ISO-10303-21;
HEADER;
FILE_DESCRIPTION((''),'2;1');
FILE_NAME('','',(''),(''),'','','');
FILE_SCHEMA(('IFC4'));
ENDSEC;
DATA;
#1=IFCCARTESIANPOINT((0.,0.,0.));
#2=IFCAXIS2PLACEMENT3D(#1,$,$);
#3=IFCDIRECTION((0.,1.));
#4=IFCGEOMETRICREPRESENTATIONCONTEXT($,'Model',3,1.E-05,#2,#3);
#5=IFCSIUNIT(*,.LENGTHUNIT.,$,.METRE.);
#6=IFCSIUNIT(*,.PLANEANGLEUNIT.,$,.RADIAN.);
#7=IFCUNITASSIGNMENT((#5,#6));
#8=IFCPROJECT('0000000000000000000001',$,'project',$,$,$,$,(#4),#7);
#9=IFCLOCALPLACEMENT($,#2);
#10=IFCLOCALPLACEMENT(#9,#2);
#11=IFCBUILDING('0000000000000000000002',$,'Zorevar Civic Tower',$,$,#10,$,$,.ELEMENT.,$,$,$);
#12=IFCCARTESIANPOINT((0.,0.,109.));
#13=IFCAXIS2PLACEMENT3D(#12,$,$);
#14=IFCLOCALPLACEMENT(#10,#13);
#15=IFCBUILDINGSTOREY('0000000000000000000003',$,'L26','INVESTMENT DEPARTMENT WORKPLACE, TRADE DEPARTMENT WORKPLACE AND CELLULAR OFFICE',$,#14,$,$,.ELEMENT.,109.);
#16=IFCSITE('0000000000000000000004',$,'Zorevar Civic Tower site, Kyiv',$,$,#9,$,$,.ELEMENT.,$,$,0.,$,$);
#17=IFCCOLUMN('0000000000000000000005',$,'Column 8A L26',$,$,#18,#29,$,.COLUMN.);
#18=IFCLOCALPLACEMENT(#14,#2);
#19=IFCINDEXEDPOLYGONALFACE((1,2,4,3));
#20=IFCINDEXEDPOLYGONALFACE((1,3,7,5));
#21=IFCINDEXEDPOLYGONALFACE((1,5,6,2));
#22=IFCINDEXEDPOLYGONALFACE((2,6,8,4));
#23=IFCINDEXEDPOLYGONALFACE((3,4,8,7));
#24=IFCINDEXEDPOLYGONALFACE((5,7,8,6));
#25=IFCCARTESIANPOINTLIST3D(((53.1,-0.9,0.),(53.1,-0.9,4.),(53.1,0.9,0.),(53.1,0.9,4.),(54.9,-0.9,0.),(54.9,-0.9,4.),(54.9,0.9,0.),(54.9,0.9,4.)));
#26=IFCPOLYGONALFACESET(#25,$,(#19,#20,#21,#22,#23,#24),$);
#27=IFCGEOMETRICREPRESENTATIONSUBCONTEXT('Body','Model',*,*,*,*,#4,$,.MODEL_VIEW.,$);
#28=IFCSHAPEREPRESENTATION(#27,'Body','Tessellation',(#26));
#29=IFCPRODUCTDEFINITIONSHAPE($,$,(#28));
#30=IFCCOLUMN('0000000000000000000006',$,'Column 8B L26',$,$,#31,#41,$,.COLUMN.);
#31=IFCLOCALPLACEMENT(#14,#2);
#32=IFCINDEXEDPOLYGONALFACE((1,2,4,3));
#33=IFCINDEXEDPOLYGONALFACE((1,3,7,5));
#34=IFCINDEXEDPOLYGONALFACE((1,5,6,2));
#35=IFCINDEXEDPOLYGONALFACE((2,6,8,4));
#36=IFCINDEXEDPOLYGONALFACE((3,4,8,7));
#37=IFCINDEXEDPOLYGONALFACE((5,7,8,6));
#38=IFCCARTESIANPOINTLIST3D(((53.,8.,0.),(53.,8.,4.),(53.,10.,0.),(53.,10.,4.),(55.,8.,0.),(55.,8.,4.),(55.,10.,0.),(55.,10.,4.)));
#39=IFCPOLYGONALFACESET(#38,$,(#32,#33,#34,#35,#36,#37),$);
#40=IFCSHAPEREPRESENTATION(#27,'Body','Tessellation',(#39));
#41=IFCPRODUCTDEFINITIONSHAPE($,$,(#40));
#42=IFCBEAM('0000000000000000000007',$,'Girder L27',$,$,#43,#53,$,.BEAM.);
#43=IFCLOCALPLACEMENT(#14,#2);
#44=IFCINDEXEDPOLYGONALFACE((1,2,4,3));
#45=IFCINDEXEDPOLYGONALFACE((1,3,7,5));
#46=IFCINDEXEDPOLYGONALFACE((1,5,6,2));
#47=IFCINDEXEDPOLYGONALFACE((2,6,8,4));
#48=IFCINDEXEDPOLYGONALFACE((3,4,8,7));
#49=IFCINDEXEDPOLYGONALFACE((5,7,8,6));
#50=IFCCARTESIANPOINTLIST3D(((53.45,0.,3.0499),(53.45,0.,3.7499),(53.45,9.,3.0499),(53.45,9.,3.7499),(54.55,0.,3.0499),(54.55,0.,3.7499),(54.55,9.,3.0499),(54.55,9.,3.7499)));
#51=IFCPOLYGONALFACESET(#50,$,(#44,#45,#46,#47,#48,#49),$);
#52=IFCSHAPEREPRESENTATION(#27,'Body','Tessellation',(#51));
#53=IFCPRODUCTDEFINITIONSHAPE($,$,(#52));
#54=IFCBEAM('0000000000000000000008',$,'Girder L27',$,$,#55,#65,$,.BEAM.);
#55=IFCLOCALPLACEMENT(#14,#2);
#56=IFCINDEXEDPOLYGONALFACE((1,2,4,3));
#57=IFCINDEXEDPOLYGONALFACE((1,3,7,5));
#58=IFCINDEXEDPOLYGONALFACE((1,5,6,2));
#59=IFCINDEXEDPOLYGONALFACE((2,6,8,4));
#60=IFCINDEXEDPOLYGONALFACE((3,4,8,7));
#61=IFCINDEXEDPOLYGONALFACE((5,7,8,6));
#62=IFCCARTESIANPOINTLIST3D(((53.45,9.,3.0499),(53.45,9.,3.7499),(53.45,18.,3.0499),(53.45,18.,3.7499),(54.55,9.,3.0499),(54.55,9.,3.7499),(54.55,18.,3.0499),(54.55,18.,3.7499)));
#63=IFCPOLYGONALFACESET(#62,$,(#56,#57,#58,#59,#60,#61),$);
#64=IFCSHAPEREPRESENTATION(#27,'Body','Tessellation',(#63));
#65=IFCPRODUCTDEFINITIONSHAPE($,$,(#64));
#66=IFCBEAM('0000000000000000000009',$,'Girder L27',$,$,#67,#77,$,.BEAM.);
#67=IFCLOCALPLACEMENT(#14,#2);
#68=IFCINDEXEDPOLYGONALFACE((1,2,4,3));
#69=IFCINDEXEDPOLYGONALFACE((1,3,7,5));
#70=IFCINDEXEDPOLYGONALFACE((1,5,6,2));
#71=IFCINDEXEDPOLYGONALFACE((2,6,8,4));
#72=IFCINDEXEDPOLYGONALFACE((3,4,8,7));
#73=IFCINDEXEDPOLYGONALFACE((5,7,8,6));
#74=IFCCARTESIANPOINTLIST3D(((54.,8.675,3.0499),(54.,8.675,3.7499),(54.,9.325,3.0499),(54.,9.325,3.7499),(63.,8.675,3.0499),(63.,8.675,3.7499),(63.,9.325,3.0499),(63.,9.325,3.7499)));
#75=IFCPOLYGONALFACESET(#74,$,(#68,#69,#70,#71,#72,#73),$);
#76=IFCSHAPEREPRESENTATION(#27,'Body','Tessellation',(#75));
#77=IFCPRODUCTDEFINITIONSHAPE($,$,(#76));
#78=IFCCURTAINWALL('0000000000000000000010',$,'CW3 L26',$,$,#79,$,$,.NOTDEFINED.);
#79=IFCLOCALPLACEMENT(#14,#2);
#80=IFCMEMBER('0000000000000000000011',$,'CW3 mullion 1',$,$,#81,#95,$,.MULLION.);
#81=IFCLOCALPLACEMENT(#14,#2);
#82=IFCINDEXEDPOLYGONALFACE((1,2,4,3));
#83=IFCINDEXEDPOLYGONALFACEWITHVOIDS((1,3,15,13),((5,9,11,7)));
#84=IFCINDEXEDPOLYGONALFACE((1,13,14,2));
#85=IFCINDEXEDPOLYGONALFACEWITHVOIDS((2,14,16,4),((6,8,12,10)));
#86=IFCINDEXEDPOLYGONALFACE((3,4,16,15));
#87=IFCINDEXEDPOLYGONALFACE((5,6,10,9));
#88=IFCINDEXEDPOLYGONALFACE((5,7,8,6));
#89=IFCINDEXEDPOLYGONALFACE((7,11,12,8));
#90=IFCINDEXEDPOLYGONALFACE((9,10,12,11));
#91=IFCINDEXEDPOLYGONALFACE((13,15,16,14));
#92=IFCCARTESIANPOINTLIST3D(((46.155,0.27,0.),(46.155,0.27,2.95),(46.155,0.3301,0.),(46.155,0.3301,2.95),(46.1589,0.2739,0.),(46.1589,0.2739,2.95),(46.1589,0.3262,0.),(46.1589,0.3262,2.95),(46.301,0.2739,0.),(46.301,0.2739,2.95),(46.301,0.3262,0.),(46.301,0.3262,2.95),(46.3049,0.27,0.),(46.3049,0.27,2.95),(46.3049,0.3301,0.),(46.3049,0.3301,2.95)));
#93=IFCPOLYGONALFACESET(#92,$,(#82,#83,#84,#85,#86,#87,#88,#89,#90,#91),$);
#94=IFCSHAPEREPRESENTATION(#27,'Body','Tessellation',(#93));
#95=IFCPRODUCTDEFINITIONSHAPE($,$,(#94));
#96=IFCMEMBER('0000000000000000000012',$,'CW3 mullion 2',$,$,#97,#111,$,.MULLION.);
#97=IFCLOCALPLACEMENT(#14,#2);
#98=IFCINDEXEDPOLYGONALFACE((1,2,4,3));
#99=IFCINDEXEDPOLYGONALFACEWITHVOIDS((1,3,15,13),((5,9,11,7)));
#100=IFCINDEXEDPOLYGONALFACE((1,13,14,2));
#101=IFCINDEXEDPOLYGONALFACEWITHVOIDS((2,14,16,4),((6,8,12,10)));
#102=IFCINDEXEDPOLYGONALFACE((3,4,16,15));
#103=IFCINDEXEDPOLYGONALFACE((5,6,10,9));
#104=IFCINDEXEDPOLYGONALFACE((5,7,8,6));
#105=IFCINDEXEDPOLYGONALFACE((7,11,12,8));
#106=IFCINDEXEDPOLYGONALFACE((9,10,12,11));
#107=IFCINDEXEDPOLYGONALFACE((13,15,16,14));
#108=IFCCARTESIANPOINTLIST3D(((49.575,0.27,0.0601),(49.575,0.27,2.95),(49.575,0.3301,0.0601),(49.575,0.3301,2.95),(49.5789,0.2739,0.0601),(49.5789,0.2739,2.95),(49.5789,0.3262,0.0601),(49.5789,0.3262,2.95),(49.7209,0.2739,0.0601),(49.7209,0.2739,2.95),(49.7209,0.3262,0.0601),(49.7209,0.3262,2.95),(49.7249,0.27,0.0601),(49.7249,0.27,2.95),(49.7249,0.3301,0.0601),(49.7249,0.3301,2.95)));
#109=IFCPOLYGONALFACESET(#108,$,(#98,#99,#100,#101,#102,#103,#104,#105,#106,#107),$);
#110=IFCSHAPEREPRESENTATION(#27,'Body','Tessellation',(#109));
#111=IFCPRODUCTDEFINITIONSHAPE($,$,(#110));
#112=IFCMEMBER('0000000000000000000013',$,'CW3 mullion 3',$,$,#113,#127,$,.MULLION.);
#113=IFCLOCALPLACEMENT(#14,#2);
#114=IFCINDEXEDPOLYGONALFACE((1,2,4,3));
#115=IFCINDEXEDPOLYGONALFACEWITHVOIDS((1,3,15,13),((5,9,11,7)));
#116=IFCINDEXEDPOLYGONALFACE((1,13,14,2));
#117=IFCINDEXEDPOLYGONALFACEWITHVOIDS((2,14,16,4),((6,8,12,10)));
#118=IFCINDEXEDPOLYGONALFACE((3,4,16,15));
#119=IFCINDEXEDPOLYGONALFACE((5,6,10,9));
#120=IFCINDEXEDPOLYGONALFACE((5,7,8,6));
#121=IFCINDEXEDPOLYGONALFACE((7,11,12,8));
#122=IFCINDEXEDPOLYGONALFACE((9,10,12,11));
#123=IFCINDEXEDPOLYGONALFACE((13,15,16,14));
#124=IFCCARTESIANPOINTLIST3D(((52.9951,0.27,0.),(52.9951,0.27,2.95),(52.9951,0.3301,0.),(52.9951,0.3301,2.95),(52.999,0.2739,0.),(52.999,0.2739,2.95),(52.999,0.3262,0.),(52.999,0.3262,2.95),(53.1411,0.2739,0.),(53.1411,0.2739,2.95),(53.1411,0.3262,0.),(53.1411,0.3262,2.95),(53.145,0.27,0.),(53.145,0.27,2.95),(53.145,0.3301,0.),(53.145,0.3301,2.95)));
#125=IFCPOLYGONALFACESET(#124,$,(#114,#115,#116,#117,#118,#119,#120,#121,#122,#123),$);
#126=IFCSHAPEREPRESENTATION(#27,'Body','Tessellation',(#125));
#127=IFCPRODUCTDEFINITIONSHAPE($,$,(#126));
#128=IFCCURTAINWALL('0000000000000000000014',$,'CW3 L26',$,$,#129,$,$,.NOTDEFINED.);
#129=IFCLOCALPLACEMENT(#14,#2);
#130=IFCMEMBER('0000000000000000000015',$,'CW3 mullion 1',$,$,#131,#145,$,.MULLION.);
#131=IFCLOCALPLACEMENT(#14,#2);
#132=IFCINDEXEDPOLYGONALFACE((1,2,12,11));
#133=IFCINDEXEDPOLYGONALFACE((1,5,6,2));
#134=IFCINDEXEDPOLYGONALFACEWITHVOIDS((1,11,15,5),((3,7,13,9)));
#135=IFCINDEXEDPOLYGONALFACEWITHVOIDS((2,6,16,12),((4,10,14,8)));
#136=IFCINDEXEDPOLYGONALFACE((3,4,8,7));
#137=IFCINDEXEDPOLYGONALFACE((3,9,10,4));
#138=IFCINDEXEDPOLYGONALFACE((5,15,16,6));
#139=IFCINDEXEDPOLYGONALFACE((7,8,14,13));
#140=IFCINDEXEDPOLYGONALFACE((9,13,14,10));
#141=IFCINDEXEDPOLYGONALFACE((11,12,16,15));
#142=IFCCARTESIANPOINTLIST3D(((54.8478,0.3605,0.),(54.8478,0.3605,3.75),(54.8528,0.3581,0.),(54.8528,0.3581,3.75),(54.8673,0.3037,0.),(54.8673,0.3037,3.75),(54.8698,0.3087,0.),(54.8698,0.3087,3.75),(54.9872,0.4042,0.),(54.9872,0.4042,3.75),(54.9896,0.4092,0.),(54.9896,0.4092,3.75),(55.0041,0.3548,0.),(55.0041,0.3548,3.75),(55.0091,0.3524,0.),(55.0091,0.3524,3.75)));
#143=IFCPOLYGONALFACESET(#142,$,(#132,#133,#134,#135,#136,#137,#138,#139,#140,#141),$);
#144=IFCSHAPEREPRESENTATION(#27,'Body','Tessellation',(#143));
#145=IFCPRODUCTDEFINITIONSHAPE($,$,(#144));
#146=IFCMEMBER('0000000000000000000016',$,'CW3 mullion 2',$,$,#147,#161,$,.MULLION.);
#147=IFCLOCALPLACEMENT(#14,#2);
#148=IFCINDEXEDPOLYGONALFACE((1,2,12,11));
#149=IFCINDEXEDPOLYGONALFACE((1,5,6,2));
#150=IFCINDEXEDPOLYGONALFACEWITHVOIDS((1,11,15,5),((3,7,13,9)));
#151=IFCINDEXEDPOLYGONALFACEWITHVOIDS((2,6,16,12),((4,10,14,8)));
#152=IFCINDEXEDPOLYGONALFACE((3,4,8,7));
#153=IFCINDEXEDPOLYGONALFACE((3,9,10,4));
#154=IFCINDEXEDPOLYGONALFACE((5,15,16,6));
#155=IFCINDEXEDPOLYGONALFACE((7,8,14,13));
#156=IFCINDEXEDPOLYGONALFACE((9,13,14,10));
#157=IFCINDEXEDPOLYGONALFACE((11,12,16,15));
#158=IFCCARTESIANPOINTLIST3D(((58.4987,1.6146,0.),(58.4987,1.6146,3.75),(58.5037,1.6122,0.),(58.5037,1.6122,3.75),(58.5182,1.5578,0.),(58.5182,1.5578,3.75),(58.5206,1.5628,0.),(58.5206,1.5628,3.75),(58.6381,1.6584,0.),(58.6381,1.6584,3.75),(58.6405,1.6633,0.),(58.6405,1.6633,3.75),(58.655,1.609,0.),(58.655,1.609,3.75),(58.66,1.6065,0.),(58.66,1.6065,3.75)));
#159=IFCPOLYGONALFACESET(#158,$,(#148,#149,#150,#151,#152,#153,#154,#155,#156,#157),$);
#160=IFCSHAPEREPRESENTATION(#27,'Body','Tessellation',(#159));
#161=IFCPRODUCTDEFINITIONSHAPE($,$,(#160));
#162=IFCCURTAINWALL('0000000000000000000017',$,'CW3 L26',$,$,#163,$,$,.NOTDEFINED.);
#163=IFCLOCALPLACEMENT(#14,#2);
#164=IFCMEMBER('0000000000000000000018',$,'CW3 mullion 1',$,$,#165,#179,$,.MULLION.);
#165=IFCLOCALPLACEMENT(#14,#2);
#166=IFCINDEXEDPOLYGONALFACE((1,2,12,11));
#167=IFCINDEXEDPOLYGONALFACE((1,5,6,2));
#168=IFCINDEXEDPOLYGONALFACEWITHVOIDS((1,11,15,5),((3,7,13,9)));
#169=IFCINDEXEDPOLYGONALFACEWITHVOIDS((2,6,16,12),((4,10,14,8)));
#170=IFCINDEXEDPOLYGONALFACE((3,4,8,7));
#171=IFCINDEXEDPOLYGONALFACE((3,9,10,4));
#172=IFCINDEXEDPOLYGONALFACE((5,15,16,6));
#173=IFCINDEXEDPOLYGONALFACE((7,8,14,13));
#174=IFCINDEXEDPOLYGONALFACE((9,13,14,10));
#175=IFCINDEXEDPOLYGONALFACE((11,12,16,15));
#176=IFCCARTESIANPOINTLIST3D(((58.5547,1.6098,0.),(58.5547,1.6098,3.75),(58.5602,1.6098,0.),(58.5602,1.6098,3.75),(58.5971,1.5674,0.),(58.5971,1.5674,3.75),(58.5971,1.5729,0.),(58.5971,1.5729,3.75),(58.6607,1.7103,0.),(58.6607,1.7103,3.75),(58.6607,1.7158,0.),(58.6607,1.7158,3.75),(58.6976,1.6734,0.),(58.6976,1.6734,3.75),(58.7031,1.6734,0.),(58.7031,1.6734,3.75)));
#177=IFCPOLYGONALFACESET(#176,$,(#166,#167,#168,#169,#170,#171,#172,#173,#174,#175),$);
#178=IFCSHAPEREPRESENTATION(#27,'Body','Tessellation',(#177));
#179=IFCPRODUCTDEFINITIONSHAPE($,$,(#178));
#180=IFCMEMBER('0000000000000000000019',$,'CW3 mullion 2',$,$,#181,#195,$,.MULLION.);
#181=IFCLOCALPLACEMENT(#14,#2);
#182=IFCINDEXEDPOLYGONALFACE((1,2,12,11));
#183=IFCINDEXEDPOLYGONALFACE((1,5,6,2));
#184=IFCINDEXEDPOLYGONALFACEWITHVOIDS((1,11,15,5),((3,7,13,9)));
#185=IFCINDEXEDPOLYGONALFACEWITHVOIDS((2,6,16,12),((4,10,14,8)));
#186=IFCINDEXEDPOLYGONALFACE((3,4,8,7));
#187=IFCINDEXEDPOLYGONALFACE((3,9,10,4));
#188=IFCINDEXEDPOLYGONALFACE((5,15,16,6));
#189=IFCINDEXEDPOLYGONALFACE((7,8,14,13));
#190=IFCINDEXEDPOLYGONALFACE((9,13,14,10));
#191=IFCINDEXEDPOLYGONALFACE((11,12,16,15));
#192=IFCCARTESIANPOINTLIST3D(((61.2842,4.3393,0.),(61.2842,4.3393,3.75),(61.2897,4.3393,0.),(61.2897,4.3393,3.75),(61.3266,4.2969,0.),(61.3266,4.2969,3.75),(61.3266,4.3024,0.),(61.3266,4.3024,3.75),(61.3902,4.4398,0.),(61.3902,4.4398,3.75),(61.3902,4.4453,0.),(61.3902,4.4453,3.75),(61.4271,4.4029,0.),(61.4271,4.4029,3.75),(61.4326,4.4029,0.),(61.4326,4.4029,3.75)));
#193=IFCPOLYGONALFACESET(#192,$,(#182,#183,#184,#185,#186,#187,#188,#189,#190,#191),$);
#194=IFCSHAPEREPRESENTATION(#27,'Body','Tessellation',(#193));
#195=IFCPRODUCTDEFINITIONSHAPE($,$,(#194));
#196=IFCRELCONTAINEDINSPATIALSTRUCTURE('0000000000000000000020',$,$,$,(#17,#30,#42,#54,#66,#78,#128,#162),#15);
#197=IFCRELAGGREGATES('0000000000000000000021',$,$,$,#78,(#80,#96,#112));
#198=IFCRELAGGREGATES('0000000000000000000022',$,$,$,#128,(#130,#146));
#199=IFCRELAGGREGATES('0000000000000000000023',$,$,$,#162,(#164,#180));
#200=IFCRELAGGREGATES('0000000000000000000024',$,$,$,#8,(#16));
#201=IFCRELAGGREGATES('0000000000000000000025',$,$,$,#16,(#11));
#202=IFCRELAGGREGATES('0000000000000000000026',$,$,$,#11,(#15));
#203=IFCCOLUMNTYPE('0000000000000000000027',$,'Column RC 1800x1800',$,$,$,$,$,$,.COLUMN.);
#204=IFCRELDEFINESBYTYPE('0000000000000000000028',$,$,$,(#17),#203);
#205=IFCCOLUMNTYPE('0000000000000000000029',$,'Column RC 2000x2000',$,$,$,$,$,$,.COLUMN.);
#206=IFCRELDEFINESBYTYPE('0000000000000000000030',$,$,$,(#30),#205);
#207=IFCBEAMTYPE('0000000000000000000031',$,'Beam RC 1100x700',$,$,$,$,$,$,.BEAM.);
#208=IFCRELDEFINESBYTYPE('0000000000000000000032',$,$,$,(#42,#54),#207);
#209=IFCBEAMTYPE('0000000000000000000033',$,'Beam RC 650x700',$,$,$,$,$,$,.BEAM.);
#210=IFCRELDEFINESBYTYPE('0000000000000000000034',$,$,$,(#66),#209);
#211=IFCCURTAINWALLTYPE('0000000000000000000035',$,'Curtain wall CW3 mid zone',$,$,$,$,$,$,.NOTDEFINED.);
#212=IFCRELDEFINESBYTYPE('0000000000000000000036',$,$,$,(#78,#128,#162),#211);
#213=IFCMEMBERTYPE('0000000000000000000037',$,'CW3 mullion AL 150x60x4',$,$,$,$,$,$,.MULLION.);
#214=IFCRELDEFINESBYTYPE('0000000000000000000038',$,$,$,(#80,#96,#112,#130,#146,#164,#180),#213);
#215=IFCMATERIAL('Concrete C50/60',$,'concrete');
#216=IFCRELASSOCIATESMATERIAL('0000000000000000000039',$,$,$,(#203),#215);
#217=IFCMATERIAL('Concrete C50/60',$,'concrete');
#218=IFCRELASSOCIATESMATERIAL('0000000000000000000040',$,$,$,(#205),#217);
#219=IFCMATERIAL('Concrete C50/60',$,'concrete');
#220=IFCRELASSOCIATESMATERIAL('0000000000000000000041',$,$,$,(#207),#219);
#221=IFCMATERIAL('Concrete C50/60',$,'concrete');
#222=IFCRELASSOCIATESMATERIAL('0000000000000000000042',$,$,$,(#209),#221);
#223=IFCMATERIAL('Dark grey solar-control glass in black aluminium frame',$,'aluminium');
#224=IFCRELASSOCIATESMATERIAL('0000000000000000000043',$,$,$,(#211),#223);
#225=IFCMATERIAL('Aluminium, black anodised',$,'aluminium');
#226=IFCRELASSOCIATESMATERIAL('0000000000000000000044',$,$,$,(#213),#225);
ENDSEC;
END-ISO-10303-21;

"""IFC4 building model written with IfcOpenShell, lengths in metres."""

from ifc_helpers import new_model, si_unit, direction, frame, origin, origin_2d, place, context, subcontext, project, spatial, rectangle, hollow_rectangle, extrude, material, material_profile, profile_set, type_object, element, aggregate, save


model = new_model("IFC4")

# Units and contexts
model_context = context("Model", 3, precision=1e-05, world=origin(), true_north=direction((0.0, 1.0)))
body_context = subcontext(model_context, "Body", "Model", "MODEL_VIEW")
ifc_project = project(units=[si_unit("LENGTHUNIT", "METRE"), si_unit("PLANEANGLEUNIT", "RADIAN")], contexts=[model_context])

# Site, building, storey
site_placement = place(None, origin())
site = spatial("IfcSite", under=ifc_project, at=site_placement, Name="Zorevar Civic Tower site, Kyiv", CompositionType="ELEMENT", RefElevation=0.0)
building_placement = place(site_placement, origin())
building = spatial("IfcBuilding", under=site, at=building_placement, Name="Zorevar Civic Tower", CompositionType="ELEMENT")
storey_placement = place(building_placement, frame((0.0, 0.0, 109.0)))
storey = spatial("IfcBuildingStorey", under=building, at=storey_placement, Name="L26", Description="INVESTMENT DEPARTMENT WORKPLACE, TRADE DEPARTMENT WORKPLACE AND CELLULAR OFFICE", CompositionType="ELEMENT", Elevation=109.0)

# Columns
ifc_material_1 = material(Name="Concrete C50/60", Category="concrete")
ifc_material_profile_1 = material_profile(ifc_material_1, rectangle(XDim=1.8, YDim=1.8, at=origin_2d()), Name="RC 1800x1800")
ifc_profile_set_1 = profile_set([ifc_material_profile_1], Name="Concrete C50/60")
column_type_1 = type_object("IfcColumnType", Name="Column RC 1800x1800", PredefinedType="COLUMN", material=ifc_profile_set_1)
column_1_placement = place(storey_placement, frame((54.0, 0.0, 0.0), z_axis=(0.0, 0.0, 1.0), x_axis=(1.0, 0.0, 0.0)))
element("IfcColumn", 1, at=column_1_placement, inside=storey, type_object=column_type_1, Name="Column 8A L26", PredefinedType="COLUMN", context=body_context, shape_type="SweptSolid", body=[
    extrude(rectangle(XDim=1.8, YDim=1.8, at=origin_2d()), origin(), (0.0, 0.0, 1.0), 4.0),
])
ifc_material_2 = material(Name="Concrete C50/60", Category="concrete")
ifc_material_profile_2 = material_profile(ifc_material_2, rectangle(XDim=2.0, YDim=2.0, at=origin_2d()), Name="RC 2000x2000")
ifc_profile_set_2 = profile_set([ifc_material_profile_2], Name="Concrete C50/60")
column_type_2 = type_object("IfcColumnType", Name="Column RC 2000x2000", PredefinedType="COLUMN", material=ifc_profile_set_2)
column_2_placement = place(storey_placement, frame((54.0, 9.0, 0.0), z_axis=(0.0, 0.0, 1.0), x_axis=(1.0, 0.0, 0.0)))
element("IfcColumn", 2, at=column_2_placement, inside=storey, type_object=column_type_2, Name="Column 8B L26", PredefinedType="COLUMN", context=body_context, shape_type="SweptSolid", body=[
    extrude(rectangle(XDim=2.0, YDim=2.0, at=origin_2d()), origin(), (0.0, 0.0, 1.0), 4.0),
])

# Beams
ifc_material_3 = material(Name="Concrete C50/60", Category="concrete")
ifc_material_profile_3 = material_profile(ifc_material_3, rectangle(XDim=1.1001, YDim=0.7, at=origin_2d()), Name="RC 1100x700")
ifc_profile_set_3 = profile_set([ifc_material_profile_3], Name="Concrete C50/60")
beam_type_1 = type_object("IfcBeamType", Name="Beam RC 1100x700", PredefinedType="BEAM", material=ifc_profile_set_3)
for number, where, z_axis, x_axis, name in (
    (3, (54.0, 0.0, 3.3999), (0.0, 1.0, 0.0), (-1.0, 0.0, 0.0), "Girder L27"),
    (4, (54.0, 9.0, 3.3999), (0.0, 1.0, 0.0), (-1.0, 0.0, 0.0), "Girder L27"),
):
    element("IfcBeam", number, at=place(storey_placement, frame(where, z_axis=z_axis, x_axis=x_axis)), inside=storey, type_object=beam_type_1, Name=name, PredefinedType="BEAM", context=body_context, shape_type="SweptSolid", body=[
        extrude(rectangle(XDim=1.1001, YDim=0.7, at=origin_2d()), origin(), (0.0, 0.0, 1.0), 9.0),
    ])
ifc_material_4 = material(Name="Concrete C50/60", Category="concrete")
ifc_material_profile_4 = material_profile(ifc_material_4, rectangle(XDim=0.6499, YDim=0.7, at=origin_2d()), Name="RC 650x700")
ifc_profile_set_4 = profile_set([ifc_material_profile_4], Name="Concrete C50/60")
beam_type_2 = type_object("IfcBeamType", Name="Beam RC 650x700", PredefinedType="BEAM", material=ifc_profile_set_4)
beam_1_placement = place(storey_placement, frame((54.0, 9.0, 3.3999), z_axis=(1.0, 0.0, 0.0), x_axis=(0.0, 1.0, 0.0)))
element("IfcBeam", 5, at=beam_1_placement, inside=storey, type_object=beam_type_2, Name="Girder L27", PredefinedType="BEAM", context=body_context, shape_type="SweptSolid", body=[
    extrude(rectangle(XDim=0.6499, YDim=0.7, at=origin_2d()), origin(), (0.0, 0.0, 1.0), 9.0),
])

# Curtain walls, members
ifc_material_5 = material(Name="Dark grey solar-control glass in black aluminium frame", Category="aluminium")
curtain_wall_type = type_object("IfcCurtainWallType", Name="Curtain wall CW3 mid zone", PredefinedType="NOTDEFINED", material=ifc_material_5)
curtain_wall_1_placement = place(storey_placement, origin())
curtain_wall_1 = element("IfcCurtainWall", 6, at=curtain_wall_1_placement, inside=storey, type_object=curtain_wall_type, Name="CW3 L26", PredefinedType="NOTDEFINED")
ifc_material_6 = material(Name="Aluminium, black anodised", Category="aluminium")
ifc_material_profile_5 = material_profile(ifc_material_6, hollow_rectangle(XDim=0.0601, YDim=0.1499, WallThickness=0.0039, at=origin_2d()), Name="AL 150x60x4")
ifc_profile_set_5 = profile_set([ifc_material_profile_5], Name="Aluminium, black anodised")
member_type_1 = type_object("IfcMemberType", Name="CW3 mullion AL 150x60x4", PredefinedType="MULLION", material=ifc_profile_set_5)
member_1_placement = place(storey_placement, frame((46.23, 0.3, 0.0), z_axis=(0.0, 0.0, 1.0), x_axis=(0.0, 1.0, 0.0)))
member_1 = element("IfcMember", 7, at=member_1_placement, type_object=member_type_1, Name="CW3 mullion 1", PredefinedType="MULLION", context=body_context, shape_type="SweptSolid", body=[
    extrude(hollow_rectangle(XDim=0.0601, YDim=0.1499, WallThickness=0.0039, at=origin_2d()), origin(), (0.0, 0.0, 1.0), 2.95),
])
member_2_placement = place(storey_placement, frame((49.6499, 0.3, 0.0601), z_axis=(0.0, 0.0, 1.0), x_axis=(0.0, 1.0, 0.0)))
member_2 = element("IfcMember", 8, at=member_2_placement, type_object=member_type_1, Name="CW3 mullion 2", PredefinedType="MULLION", context=body_context, shape_type="SweptSolid", body=[
    extrude(hollow_rectangle(XDim=0.0601, YDim=0.1499, WallThickness=0.0039, at=origin_2d()), origin(), (0.0, 0.0, 1.0), 2.8899),
])
member_3_placement = place(storey_placement, frame((53.0701, 0.3, 0.0), z_axis=(0.0, 0.0, 1.0), x_axis=(0.0, 1.0, 0.0)))
member_3 = element("IfcMember", 9, at=member_3_placement, type_object=member_type_1, Name="CW3 mullion 3", PredefinedType="MULLION", context=body_context, shape_type="SweptSolid", body=[
    extrude(hollow_rectangle(XDim=0.0601, YDim=0.1499, WallThickness=0.0039, at=origin_2d()), origin(), (0.0, 0.0, 1.0), 2.95),
])
curtain_wall_2_placement = place(storey_placement, origin())
curtain_wall_2 = element("IfcCurtainWall", 10, at=curtain_wall_2_placement, inside=storey, type_object=curtain_wall_type, Name="CW3 L26", PredefinedType="NOTDEFINED")
member_4_placement = place(storey_placement, frame((54.9285, 0.3564, 0.0), z_axis=(0.0, 0.0, 1.0), x_axis=(-0.324878, 0.945756, 0.0)))
member_4 = element("IfcMember", 11, at=member_4_placement, type_object=member_type_1, Name="CW3 mullion 1", PredefinedType="MULLION", context=body_context, shape_type="SweptSolid", body=[
    extrude(hollow_rectangle(XDim=0.0601, YDim=0.1499, WallThickness=0.0039, at=origin_2d()), origin(), (0.0, 0.0, 1.0), 3.75),
])
member_5_placement = place(storey_placement, frame((58.5793, 1.6106, 0.0), z_axis=(0.0, 0.0, 1.0), x_axis=(-0.324878, 0.945756, 0.0)))
member_5 = element("IfcMember", 12, at=member_5_placement, type_object=member_type_1, Name="CW3 mullion 2", PredefinedType="MULLION", context=body_context, shape_type="SweptSolid", body=[
    extrude(hollow_rectangle(XDim=0.0601, YDim=0.1499, WallThickness=0.0039, at=origin_2d()), origin(), (0.0, 0.0, 1.0), 3.75),
])
curtain_wall_3_placement = place(storey_placement, origin())
curtain_wall_3 = element("IfcCurtainWall", 13, at=curtain_wall_3_placement, inside=storey, type_object=curtain_wall_type, Name="CW3 L26", PredefinedType="NOTDEFINED")
member_6_placement = place(storey_placement, frame((58.6289, 1.6416, 0.0), z_axis=(0.0, 0.0, 1.0), x_axis=(-0.707107, 0.707107, 0.0)))
member_6 = element("IfcMember", 14, at=member_6_placement, type_object=member_type_1, Name="CW3 mullion 1", PredefinedType="MULLION", context=body_context, shape_type="SweptSolid", body=[
    extrude(hollow_rectangle(XDim=0.0601, YDim=0.1499, WallThickness=0.0039, at=origin_2d()), origin(), (0.0, 0.0, 1.0), 3.75),
])
member_7_placement = place(storey_placement, frame((61.3584, 4.3711, 0.0), z_axis=(0.0, 0.0, 1.0), x_axis=(-0.707107, 0.707107, 0.0)))
member_7 = element("IfcMember", 15, at=member_7_placement, type_object=member_type_1, Name="CW3 mullion 2", PredefinedType="MULLION", context=body_context, shape_type="SweptSolid", body=[
    extrude(hollow_rectangle(XDim=0.0601, YDim=0.1499, WallThickness=0.0039, at=origin_2d()), origin(), (0.0, 0.0, 1.0), 3.75),
])

aggregate(curtain_wall_1, [member_1, member_2, member_3])
aggregate(curtain_wall_2, [member_4, member_5])
aggregate(curtain_wall_3, [member_6, member_7])

save(model, "model.ifc")
